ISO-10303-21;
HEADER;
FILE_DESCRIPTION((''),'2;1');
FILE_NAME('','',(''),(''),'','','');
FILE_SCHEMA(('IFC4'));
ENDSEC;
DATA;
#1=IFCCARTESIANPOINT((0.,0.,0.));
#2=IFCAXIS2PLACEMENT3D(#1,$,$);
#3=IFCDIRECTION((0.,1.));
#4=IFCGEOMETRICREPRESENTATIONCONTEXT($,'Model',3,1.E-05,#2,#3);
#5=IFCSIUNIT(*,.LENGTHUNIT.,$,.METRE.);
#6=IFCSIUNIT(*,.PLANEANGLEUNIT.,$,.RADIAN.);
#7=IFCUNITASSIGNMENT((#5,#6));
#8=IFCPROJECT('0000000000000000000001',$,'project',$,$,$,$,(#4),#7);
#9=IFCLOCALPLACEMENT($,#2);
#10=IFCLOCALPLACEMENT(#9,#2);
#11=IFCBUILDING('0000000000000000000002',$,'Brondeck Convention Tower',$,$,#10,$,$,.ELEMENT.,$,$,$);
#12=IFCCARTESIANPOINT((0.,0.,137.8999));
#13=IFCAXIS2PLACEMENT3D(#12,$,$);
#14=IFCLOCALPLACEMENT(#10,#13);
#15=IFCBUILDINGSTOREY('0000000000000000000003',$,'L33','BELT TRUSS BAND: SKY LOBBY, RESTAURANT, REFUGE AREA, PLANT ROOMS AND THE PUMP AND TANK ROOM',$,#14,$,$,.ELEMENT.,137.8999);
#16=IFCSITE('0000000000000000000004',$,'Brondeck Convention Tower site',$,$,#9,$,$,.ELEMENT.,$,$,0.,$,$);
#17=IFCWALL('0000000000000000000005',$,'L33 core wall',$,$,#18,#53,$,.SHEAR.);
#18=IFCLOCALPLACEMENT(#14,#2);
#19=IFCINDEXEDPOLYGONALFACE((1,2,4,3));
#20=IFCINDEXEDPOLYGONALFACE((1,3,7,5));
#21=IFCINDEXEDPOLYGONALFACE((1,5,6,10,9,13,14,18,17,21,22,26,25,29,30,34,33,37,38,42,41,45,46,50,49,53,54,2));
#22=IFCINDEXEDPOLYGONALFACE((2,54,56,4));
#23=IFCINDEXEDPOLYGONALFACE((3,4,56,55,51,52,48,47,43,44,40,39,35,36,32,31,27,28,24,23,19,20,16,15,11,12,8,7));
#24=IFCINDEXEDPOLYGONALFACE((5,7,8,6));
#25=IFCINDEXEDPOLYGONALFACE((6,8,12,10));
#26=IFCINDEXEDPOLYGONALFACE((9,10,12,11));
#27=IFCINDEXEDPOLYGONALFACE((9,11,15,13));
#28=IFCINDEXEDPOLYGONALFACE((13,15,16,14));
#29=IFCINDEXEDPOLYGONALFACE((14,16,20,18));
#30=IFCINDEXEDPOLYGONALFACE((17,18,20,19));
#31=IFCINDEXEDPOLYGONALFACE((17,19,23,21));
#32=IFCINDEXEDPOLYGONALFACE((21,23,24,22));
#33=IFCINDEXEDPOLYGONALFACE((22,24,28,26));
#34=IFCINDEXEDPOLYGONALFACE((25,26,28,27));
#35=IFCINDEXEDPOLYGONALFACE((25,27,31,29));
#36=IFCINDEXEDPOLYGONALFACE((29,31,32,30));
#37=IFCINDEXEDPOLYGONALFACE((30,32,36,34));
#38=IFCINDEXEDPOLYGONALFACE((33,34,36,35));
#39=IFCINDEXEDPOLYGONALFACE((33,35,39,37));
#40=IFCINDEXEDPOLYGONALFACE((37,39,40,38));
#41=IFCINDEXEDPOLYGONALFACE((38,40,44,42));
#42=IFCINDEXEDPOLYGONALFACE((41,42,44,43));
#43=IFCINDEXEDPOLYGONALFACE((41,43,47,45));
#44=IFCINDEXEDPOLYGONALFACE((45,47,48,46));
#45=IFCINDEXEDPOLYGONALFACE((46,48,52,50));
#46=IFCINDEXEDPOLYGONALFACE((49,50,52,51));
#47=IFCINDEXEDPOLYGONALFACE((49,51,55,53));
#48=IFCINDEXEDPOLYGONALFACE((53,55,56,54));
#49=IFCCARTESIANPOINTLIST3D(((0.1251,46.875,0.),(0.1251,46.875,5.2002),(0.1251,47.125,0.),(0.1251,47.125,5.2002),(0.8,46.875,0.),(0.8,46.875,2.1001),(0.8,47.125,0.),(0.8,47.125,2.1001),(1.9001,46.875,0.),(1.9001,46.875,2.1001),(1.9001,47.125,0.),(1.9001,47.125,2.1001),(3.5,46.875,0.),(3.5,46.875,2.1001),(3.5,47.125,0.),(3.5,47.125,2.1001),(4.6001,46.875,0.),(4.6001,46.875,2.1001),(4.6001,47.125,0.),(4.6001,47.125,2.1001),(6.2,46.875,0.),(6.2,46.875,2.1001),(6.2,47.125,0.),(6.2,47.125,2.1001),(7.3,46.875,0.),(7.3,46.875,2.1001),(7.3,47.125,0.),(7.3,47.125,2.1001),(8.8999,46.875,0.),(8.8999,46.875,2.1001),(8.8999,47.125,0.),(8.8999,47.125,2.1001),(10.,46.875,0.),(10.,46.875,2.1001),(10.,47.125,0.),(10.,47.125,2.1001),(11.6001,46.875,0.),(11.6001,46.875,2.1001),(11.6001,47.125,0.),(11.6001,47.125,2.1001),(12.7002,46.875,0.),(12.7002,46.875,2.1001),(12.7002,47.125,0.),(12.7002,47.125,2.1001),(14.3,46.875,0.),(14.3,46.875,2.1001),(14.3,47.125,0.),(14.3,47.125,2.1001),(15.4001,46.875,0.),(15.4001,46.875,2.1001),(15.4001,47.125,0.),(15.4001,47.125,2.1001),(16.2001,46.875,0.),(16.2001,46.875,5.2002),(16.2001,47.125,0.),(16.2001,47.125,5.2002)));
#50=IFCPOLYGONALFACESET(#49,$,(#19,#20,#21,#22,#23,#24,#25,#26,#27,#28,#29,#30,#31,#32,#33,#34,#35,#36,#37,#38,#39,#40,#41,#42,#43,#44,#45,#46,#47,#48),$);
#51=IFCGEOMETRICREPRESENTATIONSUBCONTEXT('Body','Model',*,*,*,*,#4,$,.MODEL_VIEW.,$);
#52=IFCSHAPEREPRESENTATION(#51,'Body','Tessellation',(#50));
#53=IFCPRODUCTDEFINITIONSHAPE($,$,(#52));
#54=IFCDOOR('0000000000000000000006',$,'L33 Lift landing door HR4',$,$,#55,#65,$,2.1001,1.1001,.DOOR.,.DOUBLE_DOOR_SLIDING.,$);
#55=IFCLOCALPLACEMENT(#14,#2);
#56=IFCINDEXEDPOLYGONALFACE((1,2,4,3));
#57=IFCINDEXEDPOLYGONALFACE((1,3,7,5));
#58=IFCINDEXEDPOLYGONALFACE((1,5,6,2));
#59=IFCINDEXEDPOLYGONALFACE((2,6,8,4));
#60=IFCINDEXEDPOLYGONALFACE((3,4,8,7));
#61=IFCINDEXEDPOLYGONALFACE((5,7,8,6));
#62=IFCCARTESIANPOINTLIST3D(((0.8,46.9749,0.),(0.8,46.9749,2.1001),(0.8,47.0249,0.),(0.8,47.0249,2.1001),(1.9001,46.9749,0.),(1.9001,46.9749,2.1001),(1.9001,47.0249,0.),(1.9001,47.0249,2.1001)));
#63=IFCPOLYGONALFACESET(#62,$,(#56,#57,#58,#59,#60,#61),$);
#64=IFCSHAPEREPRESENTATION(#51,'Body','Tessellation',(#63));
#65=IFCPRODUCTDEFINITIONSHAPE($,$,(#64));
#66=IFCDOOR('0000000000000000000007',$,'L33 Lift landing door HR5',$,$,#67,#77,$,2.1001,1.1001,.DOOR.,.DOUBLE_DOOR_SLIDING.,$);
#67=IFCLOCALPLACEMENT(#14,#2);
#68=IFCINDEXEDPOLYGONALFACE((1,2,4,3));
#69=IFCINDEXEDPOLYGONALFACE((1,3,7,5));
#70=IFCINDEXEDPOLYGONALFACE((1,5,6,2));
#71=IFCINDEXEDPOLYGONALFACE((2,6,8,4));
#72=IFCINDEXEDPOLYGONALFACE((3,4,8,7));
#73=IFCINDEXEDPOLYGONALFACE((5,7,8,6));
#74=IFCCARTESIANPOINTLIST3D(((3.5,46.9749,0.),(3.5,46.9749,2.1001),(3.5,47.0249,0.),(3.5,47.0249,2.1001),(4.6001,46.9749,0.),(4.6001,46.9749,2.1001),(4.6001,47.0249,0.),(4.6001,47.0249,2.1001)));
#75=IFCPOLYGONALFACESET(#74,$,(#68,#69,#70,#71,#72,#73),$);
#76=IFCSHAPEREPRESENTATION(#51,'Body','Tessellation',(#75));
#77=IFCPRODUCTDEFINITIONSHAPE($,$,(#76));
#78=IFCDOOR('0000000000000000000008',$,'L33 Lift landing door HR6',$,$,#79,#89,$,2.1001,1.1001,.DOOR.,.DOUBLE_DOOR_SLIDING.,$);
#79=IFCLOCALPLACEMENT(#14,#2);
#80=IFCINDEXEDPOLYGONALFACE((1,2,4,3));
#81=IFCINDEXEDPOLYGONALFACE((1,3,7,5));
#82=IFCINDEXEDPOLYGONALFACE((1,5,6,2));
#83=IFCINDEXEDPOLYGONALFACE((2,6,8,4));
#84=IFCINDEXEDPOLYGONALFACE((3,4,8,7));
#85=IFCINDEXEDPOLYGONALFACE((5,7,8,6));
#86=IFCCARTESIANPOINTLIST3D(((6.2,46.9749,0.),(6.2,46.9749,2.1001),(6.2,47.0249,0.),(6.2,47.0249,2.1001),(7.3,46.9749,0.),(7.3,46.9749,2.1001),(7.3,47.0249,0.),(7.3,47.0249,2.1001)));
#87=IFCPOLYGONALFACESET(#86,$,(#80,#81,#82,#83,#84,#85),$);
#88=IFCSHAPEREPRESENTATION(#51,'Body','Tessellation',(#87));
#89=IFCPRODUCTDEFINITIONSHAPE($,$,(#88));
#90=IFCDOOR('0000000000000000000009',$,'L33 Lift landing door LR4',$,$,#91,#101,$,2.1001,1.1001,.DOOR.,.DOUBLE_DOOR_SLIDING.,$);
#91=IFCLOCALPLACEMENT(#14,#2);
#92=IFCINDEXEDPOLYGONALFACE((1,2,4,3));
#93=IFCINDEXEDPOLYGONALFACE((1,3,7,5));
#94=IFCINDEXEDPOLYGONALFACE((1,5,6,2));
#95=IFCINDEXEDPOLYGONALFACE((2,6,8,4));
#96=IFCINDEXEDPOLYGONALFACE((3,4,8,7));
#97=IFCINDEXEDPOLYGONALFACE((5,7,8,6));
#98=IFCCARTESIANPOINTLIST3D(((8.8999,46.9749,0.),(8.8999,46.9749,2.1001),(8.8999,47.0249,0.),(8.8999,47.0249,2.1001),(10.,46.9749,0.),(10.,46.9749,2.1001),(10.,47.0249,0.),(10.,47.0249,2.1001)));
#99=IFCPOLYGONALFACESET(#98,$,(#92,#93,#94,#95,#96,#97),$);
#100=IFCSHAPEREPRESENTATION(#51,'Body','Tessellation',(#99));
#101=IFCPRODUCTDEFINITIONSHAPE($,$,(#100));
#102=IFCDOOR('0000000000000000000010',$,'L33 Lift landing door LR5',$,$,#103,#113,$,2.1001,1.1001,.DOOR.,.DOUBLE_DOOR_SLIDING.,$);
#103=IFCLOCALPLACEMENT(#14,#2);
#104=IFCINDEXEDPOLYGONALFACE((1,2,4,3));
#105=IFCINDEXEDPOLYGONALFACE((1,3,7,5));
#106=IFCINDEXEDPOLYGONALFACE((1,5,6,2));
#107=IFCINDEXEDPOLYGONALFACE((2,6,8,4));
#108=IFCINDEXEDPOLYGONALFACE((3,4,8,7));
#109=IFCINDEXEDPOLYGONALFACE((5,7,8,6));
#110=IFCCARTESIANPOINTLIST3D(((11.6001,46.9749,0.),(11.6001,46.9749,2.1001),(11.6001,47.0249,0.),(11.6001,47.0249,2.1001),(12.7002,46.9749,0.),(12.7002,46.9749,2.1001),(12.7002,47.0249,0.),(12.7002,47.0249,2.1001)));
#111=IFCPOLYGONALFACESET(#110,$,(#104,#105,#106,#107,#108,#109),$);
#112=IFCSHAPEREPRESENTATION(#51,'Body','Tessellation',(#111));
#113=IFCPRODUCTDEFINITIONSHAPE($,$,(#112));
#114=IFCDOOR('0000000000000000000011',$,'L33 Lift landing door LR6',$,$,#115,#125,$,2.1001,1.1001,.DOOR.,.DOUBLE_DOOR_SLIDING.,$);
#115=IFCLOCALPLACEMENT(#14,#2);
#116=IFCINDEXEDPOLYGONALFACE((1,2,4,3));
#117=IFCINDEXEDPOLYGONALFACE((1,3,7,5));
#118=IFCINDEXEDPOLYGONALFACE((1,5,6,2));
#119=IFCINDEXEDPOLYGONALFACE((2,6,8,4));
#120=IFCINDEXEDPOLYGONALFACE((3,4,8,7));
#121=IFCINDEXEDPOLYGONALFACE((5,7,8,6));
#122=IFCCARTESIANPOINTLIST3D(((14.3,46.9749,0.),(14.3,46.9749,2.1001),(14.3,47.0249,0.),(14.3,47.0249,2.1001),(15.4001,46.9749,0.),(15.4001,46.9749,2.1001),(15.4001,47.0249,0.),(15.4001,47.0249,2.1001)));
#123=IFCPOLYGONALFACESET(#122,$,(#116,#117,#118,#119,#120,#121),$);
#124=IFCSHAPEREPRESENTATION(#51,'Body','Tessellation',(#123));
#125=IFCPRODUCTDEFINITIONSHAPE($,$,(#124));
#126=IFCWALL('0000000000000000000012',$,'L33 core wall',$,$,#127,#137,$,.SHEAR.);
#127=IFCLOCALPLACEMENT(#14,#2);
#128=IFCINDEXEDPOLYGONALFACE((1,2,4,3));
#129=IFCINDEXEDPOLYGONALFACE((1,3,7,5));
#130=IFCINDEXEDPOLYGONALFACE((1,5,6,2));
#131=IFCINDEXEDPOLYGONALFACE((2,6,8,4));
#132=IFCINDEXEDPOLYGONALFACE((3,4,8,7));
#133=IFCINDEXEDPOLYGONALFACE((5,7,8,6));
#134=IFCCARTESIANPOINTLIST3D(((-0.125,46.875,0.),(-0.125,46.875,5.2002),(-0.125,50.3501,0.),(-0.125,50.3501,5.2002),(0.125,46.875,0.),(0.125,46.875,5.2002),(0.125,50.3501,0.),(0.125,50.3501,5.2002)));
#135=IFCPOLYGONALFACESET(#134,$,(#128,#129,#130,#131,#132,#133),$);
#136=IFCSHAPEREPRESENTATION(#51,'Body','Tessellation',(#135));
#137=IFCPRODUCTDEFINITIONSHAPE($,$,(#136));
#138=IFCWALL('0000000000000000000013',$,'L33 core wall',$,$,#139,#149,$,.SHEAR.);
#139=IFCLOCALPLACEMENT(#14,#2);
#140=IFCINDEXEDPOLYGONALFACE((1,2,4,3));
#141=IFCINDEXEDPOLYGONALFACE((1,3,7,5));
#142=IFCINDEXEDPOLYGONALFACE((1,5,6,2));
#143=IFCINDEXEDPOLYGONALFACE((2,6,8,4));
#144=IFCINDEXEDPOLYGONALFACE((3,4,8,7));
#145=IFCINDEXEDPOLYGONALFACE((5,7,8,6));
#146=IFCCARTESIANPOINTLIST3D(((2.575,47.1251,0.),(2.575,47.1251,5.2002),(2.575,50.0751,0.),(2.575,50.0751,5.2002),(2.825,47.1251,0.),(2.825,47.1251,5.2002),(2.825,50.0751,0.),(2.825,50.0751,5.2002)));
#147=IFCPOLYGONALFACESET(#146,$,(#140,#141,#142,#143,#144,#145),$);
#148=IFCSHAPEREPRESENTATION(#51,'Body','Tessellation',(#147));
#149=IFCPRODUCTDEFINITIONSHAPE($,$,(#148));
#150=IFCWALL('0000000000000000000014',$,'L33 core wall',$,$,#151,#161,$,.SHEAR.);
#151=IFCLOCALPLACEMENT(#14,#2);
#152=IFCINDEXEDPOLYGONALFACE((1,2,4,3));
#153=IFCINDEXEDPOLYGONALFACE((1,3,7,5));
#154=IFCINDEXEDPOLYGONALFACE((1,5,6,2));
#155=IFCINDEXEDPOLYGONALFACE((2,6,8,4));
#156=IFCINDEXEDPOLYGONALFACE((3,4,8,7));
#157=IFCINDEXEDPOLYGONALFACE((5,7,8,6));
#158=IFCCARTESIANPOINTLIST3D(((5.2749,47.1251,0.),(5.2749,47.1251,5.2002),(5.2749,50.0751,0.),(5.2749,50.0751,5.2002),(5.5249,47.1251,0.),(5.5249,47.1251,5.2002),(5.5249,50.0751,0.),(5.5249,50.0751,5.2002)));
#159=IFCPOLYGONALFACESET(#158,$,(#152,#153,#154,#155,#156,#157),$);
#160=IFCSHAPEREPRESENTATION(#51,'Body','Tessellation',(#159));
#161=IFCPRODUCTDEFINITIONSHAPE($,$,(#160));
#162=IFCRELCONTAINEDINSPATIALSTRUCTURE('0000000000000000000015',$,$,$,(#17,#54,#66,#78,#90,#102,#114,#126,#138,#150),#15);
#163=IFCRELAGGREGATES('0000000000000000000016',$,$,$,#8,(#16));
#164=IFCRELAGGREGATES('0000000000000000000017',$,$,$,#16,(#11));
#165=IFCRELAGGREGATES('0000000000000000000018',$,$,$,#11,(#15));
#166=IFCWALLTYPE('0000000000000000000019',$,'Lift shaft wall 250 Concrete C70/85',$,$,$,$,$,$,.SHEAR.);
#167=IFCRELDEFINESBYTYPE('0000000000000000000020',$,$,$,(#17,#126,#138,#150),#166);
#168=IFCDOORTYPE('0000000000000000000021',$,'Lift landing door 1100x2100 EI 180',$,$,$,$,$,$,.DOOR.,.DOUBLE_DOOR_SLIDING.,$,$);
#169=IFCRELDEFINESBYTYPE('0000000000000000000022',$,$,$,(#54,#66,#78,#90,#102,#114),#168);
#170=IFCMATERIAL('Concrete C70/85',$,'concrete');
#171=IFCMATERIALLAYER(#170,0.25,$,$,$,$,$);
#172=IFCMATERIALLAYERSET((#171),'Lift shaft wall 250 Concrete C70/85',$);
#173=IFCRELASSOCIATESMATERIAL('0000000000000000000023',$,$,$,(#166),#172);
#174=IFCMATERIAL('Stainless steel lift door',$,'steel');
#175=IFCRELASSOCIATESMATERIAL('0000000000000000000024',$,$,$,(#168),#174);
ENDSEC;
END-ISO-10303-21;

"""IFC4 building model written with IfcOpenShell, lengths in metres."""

from ifc_helpers import new_model, si_unit, direction, frame, frame_2d, origin, place, context, subcontext, project, spatial, rectangle, extrude, material, layer, layer_set, type_object, element, fill, save


model = new_model("IFC4")

# Units and contexts
model_context = context("Model", 3, precision=1e-05, world=origin(), true_north=direction((0.0, 1.0)))
body_context = subcontext(model_context, "Body", "Model", "MODEL_VIEW")
ifc_project = project(units=[si_unit("LENGTHUNIT", "METRE"), si_unit("PLANEANGLEUNIT", "RADIAN")], contexts=[model_context])

# Site, building, storey
site_placement = place(None, origin())
site = spatial("IfcSite", under=ifc_project, at=site_placement, Name="Brondeck Convention Tower site", CompositionType="ELEMENT", RefElevation=0.0)
building_placement = place(site_placement, origin())
building = spatial("IfcBuilding", under=site, at=building_placement, Name="Brondeck Convention Tower", CompositionType="ELEMENT")
storey_placement = place(building_placement, frame((0.0, 0.0, 137.8999)))
storey = spatial("IfcBuildingStorey", under=building, at=storey_placement, Name="L33", Description="BELT TRUSS BAND: SKY LOBBY, RESTAURANT, REFUGE AREA, PLANT ROOMS AND THE PUMP AND TANK ROOM", CompositionType="ELEMENT", Elevation=137.8999)

# Shared definitions
ifc_material_1 = material(Name="Concrete C70/85", Category="concrete")

# Wall, openings, doors
ifc_layer_1 = layer(ifc_material_1, 0.25)
ifc_layer_set_1 = layer_set([ifc_layer_1], Name="Lift shaft wall 250 Concrete C70/85")
wall_type_1 = type_object("IfcWallType", Name="Lift shaft wall 250 Concrete C70/85", PredefinedType="SHEAR", material=ifc_layer_set_1)
ifc_material_2 = material(Name="Stainless steel lift door", Category="steel")
door_type = type_object("IfcDoorType", Name="Lift landing door 1100x2100 EI 180", OperationType="DOUBLE_DOOR_SLIDING", PredefinedType="DOOR", material=ifc_material_2)
wall_1_placement = place(storey_placement, frame((0.125, 47.0, 0.0), z_axis=(0.0, 0.0, 1.0), x_axis=(1.0, 0.0, 0.0)))
wall_1 = element("IfcWall", 1, at=wall_1_placement, inside=storey, type_object=wall_type_1, Name="L33 core wall", PredefinedType="SHEAR", context=body_context, shape_type="SweptSolid", body=[
    extrude(rectangle(XDim=16.075, YDim=0.25, at=frame_2d((8.0376, 0.0))), origin(), (0.0, 0.0, 1.0), 5.2002),
])
opening_1_placement = place(wall_1_placement, frame((0.675, 0.0, 0.0)))
opening_1 = element("IfcOpeningElement", 2, at=opening_1_placement, cuts=wall_1, PredefinedType="OPENING", context=body_context, shape_type="SweptSolid", body=[
    extrude(rectangle(XDim=1.1001, YDim=2.1001, at=frame_2d((0.55, 1.05))), frame((0.0, 0.135, 0.0), z_axis=(0.0, -1.0, 0.0), x_axis=(1.0, 0.0, 0.0)), (0.0, 0.0, 1.0), 0.27),
])
opening_2_placement = place(wall_1_placement, frame((3.375, 0.0, 0.0)))
opening_2 = element("IfcOpeningElement", 3, at=opening_2_placement, cuts=wall_1, PredefinedType="OPENING", context=body_context, shape_type="SweptSolid", body=[
    extrude(rectangle(XDim=1.1001, YDim=2.1001, at=frame_2d((0.55, 1.05))), frame((0.0, 0.135, 0.0), z_axis=(0.0, -1.0, 0.0), x_axis=(1.0, 0.0, 0.0)), (0.0, 0.0, 1.0), 0.27),
])
opening_3_placement = place(wall_1_placement, frame((6.075, 0.0, 0.0)))
opening_3 = element("IfcOpeningElement", 4, at=opening_3_placement, cuts=wall_1, PredefinedType="OPENING", context=body_context, shape_type="SweptSolid", body=[
    extrude(rectangle(XDim=1.1001, YDim=2.1001, at=frame_2d((0.55, 1.05))), frame((0.0, 0.135, 0.0), z_axis=(0.0, -1.0, 0.0), x_axis=(1.0, 0.0, 0.0)), (0.0, 0.0, 1.0), 0.27),
])
opening_4_placement = place(wall_1_placement, frame((8.7749, 0.0, 0.0)))
opening_4 = element("IfcOpeningElement", 5, at=opening_4_placement, cuts=wall_1, PredefinedType="OPENING", context=body_context, shape_type="SweptSolid", body=[
    extrude(rectangle(XDim=1.1001, YDim=2.1001, at=frame_2d((0.55, 1.05))), frame((0.0, 0.135, 0.0), z_axis=(0.0, -1.0, 0.0), x_axis=(1.0, 0.0, 0.0)), (0.0, 0.0, 1.0), 0.27),
])
opening_5_placement = place(wall_1_placement, frame((11.4751, 0.0, 0.0)))
opening_5 = element("IfcOpeningElement", 6, at=opening_5_placement, cuts=wall_1, PredefinedType="OPENING", context=body_context, shape_type="SweptSolid", body=[
    extrude(rectangle(XDim=1.1001, YDim=2.1001, at=frame_2d((0.55, 1.05))), frame((0.0, 0.135, 0.0), z_axis=(0.0, -1.0, 0.0), x_axis=(1.0, 0.0, 0.0)), (0.0, 0.0, 1.0), 0.27),
])
opening_6_placement = place(wall_1_placement, frame((14.175, 0.0, 0.0)))
opening_6 = element("IfcOpeningElement", 7, at=opening_6_placement, cuts=wall_1, PredefinedType="OPENING", context=body_context, shape_type="SweptSolid", body=[
    extrude(rectangle(XDim=1.1001, YDim=2.1001, at=frame_2d((0.55, 1.05))), frame((0.0, 0.135, 0.0), z_axis=(0.0, -1.0, 0.0), x_axis=(1.0, 0.0, 0.0)), (0.0, 0.0, 1.0), 0.27),
])
door_1_placement = place(opening_1_placement, origin())
door_1 = element("IfcDoor", 8, at=door_1_placement, inside=storey, type_object=door_type, Name="L33 Lift landing door HR4", OperationType="DOUBLE_DOOR_SLIDING", OverallHeight=2.1001, OverallWidth=1.1001, PredefinedType="DOOR", context=body_context, shape_type="SweptSolid", body=[
    extrude(rectangle(XDim=1.1001, YDim=2.1001, at=frame_2d((0.55, 1.05))), frame((0.0, 0.0249, 0.0), z_axis=(0.0, -1.0, 0.0), x_axis=(1.0, 0.0, 0.0)), (0.0, 0.0, 1.0), 0.05),
])
fill(opening_1, door_1)
door_2_placement = place(opening_2_placement, origin())
door_2 = element("IfcDoor", 9, at=door_2_placement, inside=storey, type_object=door_type, Name="L33 Lift landing door HR5", OperationType="DOUBLE_DOOR_SLIDING", OverallHeight=2.1001, OverallWidth=1.1001, PredefinedType="DOOR", context=body_context, shape_type="SweptSolid", body=[
    extrude(rectangle(XDim=1.1001, YDim=2.1001, at=frame_2d((0.55, 1.05))), frame((0.0, 0.0249, 0.0), z_axis=(0.0, -1.0, 0.0), x_axis=(1.0, 0.0, 0.0)), (0.0, 0.0, 1.0), 0.05),
])
fill(opening_2, door_2)
door_3_placement = place(opening_3_placement, origin())
door_3 = element("IfcDoor", 10, at=door_3_placement, inside=storey, type_object=door_type, Name="L33 Lift landing door HR6", OperationType="DOUBLE_DOOR_SLIDING", OverallHeight=2.1001, OverallWidth=1.1001, PredefinedType="DOOR", context=body_context, shape_type="SweptSolid", body=[
    extrude(rectangle(XDim=1.1001, YDim=2.1001, at=frame_2d((0.55, 1.05))), frame((0.0, 0.0249, 0.0), z_axis=(0.0, -1.0, 0.0), x_axis=(1.0, 0.0, 0.0)), (0.0, 0.0, 1.0), 0.05),
])
fill(opening_3, door_3)
door_4_placement = place(opening_4_placement, origin())
door_4 = element("IfcDoor", 11, at=door_4_placement, inside=storey, type_object=door_type, Name="L33 Lift landing door LR4", OperationType="DOUBLE_DOOR_SLIDING", OverallHeight=2.1001, OverallWidth=1.1001, PredefinedType="DOOR", context=body_context, shape_type="SweptSolid", body=[
    extrude(rectangle(XDim=1.1001, YDim=2.1001, at=frame_2d((0.55, 1.05))), frame((0.0, 0.0249, 0.0), z_axis=(0.0, -1.0, 0.0), x_axis=(1.0, 0.0, 0.0)), (0.0, 0.0, 1.0), 0.05),
])
fill(opening_4, door_4)
door_5_placement = place(opening_5_placement, origin())
door_5 = element("IfcDoor", 12, at=door_5_placement, inside=storey, type_object=door_type, Name="L33 Lift landing door LR5", OperationType="DOUBLE_DOOR_SLIDING", OverallHeight=2.1001, OverallWidth=1.1001, PredefinedType="DOOR", context=body_context, shape_type="SweptSolid", body=[
    extrude(rectangle(XDim=1.1001, YDim=2.1001, at=frame_2d((0.55, 1.05))), frame((0.0, 0.0249, 0.0), z_axis=(0.0, -1.0, 0.0), x_axis=(1.0, 0.0, 0.0)), (0.0, 0.0, 1.0), 0.05),
])
fill(opening_5, door_5)
door_6_placement = place(opening_6_placement, origin())
door_6 = element("IfcDoor", 13, at=door_6_placement, inside=storey, type_object=door_type, Name="L33 Lift landing door LR6", OperationType="DOUBLE_DOOR_SLIDING", OverallHeight=2.1001, OverallWidth=1.1001, PredefinedType="DOOR", context=body_context, shape_type="SweptSolid", body=[
    extrude(rectangle(XDim=1.1001, YDim=2.1001, at=frame_2d((0.55, 1.05))), frame((0.0, 0.0249, 0.0), z_axis=(0.0, -1.0, 0.0), x_axis=(1.0, 0.0, 0.0)), (0.0, 0.0, 1.0), 0.05),
])
fill(opening_6, door_6)

# Walls
wall_2_placement = place(storey_placement, frame((0.0, 46.875, 0.0), z_axis=(0.0, 0.0, 1.0), x_axis=(0.0, 1.0, 0.0)))
element("IfcWall", 14, at=wall_2_placement, inside=storey, type_object=wall_type_1, Name="L33 core wall", PredefinedType="SHEAR", context=body_context, shape_type="SweptSolid", body=[
    extrude(rectangle(XDim=3.4751, YDim=0.25, at=frame_2d((1.7375, 0.0))), origin(), (0.0, 0.0, 1.0), 5.2002),
])
for number, where, z_axis, x_axis, name in (
    (15, (2.7, 47.125, 0.0), (0.0, 0.0, 1.0), (0.0, 1.0, 0.0), "L33 core wall"),
    (16, (5.3999, 47.125, 0.0), (0.0, 0.0, 1.0), (0.0, 1.0, 0.0), "L33 core wall"),
):
    element("IfcWall", number, at=place(storey_placement, frame(where, z_axis=z_axis, x_axis=x_axis)), inside=storey, type_object=wall_type_1, Name=name, PredefinedType="SHEAR", context=body_context, shape_type="SweptSolid", body=[
        extrude(rectangle(XDim=2.95, YDim=0.25, at=frame_2d((1.4751, 0.0))), origin(), (0.0, 0.0, 1.0), 5.2002),
    ])

save(model, "model.ifc")
